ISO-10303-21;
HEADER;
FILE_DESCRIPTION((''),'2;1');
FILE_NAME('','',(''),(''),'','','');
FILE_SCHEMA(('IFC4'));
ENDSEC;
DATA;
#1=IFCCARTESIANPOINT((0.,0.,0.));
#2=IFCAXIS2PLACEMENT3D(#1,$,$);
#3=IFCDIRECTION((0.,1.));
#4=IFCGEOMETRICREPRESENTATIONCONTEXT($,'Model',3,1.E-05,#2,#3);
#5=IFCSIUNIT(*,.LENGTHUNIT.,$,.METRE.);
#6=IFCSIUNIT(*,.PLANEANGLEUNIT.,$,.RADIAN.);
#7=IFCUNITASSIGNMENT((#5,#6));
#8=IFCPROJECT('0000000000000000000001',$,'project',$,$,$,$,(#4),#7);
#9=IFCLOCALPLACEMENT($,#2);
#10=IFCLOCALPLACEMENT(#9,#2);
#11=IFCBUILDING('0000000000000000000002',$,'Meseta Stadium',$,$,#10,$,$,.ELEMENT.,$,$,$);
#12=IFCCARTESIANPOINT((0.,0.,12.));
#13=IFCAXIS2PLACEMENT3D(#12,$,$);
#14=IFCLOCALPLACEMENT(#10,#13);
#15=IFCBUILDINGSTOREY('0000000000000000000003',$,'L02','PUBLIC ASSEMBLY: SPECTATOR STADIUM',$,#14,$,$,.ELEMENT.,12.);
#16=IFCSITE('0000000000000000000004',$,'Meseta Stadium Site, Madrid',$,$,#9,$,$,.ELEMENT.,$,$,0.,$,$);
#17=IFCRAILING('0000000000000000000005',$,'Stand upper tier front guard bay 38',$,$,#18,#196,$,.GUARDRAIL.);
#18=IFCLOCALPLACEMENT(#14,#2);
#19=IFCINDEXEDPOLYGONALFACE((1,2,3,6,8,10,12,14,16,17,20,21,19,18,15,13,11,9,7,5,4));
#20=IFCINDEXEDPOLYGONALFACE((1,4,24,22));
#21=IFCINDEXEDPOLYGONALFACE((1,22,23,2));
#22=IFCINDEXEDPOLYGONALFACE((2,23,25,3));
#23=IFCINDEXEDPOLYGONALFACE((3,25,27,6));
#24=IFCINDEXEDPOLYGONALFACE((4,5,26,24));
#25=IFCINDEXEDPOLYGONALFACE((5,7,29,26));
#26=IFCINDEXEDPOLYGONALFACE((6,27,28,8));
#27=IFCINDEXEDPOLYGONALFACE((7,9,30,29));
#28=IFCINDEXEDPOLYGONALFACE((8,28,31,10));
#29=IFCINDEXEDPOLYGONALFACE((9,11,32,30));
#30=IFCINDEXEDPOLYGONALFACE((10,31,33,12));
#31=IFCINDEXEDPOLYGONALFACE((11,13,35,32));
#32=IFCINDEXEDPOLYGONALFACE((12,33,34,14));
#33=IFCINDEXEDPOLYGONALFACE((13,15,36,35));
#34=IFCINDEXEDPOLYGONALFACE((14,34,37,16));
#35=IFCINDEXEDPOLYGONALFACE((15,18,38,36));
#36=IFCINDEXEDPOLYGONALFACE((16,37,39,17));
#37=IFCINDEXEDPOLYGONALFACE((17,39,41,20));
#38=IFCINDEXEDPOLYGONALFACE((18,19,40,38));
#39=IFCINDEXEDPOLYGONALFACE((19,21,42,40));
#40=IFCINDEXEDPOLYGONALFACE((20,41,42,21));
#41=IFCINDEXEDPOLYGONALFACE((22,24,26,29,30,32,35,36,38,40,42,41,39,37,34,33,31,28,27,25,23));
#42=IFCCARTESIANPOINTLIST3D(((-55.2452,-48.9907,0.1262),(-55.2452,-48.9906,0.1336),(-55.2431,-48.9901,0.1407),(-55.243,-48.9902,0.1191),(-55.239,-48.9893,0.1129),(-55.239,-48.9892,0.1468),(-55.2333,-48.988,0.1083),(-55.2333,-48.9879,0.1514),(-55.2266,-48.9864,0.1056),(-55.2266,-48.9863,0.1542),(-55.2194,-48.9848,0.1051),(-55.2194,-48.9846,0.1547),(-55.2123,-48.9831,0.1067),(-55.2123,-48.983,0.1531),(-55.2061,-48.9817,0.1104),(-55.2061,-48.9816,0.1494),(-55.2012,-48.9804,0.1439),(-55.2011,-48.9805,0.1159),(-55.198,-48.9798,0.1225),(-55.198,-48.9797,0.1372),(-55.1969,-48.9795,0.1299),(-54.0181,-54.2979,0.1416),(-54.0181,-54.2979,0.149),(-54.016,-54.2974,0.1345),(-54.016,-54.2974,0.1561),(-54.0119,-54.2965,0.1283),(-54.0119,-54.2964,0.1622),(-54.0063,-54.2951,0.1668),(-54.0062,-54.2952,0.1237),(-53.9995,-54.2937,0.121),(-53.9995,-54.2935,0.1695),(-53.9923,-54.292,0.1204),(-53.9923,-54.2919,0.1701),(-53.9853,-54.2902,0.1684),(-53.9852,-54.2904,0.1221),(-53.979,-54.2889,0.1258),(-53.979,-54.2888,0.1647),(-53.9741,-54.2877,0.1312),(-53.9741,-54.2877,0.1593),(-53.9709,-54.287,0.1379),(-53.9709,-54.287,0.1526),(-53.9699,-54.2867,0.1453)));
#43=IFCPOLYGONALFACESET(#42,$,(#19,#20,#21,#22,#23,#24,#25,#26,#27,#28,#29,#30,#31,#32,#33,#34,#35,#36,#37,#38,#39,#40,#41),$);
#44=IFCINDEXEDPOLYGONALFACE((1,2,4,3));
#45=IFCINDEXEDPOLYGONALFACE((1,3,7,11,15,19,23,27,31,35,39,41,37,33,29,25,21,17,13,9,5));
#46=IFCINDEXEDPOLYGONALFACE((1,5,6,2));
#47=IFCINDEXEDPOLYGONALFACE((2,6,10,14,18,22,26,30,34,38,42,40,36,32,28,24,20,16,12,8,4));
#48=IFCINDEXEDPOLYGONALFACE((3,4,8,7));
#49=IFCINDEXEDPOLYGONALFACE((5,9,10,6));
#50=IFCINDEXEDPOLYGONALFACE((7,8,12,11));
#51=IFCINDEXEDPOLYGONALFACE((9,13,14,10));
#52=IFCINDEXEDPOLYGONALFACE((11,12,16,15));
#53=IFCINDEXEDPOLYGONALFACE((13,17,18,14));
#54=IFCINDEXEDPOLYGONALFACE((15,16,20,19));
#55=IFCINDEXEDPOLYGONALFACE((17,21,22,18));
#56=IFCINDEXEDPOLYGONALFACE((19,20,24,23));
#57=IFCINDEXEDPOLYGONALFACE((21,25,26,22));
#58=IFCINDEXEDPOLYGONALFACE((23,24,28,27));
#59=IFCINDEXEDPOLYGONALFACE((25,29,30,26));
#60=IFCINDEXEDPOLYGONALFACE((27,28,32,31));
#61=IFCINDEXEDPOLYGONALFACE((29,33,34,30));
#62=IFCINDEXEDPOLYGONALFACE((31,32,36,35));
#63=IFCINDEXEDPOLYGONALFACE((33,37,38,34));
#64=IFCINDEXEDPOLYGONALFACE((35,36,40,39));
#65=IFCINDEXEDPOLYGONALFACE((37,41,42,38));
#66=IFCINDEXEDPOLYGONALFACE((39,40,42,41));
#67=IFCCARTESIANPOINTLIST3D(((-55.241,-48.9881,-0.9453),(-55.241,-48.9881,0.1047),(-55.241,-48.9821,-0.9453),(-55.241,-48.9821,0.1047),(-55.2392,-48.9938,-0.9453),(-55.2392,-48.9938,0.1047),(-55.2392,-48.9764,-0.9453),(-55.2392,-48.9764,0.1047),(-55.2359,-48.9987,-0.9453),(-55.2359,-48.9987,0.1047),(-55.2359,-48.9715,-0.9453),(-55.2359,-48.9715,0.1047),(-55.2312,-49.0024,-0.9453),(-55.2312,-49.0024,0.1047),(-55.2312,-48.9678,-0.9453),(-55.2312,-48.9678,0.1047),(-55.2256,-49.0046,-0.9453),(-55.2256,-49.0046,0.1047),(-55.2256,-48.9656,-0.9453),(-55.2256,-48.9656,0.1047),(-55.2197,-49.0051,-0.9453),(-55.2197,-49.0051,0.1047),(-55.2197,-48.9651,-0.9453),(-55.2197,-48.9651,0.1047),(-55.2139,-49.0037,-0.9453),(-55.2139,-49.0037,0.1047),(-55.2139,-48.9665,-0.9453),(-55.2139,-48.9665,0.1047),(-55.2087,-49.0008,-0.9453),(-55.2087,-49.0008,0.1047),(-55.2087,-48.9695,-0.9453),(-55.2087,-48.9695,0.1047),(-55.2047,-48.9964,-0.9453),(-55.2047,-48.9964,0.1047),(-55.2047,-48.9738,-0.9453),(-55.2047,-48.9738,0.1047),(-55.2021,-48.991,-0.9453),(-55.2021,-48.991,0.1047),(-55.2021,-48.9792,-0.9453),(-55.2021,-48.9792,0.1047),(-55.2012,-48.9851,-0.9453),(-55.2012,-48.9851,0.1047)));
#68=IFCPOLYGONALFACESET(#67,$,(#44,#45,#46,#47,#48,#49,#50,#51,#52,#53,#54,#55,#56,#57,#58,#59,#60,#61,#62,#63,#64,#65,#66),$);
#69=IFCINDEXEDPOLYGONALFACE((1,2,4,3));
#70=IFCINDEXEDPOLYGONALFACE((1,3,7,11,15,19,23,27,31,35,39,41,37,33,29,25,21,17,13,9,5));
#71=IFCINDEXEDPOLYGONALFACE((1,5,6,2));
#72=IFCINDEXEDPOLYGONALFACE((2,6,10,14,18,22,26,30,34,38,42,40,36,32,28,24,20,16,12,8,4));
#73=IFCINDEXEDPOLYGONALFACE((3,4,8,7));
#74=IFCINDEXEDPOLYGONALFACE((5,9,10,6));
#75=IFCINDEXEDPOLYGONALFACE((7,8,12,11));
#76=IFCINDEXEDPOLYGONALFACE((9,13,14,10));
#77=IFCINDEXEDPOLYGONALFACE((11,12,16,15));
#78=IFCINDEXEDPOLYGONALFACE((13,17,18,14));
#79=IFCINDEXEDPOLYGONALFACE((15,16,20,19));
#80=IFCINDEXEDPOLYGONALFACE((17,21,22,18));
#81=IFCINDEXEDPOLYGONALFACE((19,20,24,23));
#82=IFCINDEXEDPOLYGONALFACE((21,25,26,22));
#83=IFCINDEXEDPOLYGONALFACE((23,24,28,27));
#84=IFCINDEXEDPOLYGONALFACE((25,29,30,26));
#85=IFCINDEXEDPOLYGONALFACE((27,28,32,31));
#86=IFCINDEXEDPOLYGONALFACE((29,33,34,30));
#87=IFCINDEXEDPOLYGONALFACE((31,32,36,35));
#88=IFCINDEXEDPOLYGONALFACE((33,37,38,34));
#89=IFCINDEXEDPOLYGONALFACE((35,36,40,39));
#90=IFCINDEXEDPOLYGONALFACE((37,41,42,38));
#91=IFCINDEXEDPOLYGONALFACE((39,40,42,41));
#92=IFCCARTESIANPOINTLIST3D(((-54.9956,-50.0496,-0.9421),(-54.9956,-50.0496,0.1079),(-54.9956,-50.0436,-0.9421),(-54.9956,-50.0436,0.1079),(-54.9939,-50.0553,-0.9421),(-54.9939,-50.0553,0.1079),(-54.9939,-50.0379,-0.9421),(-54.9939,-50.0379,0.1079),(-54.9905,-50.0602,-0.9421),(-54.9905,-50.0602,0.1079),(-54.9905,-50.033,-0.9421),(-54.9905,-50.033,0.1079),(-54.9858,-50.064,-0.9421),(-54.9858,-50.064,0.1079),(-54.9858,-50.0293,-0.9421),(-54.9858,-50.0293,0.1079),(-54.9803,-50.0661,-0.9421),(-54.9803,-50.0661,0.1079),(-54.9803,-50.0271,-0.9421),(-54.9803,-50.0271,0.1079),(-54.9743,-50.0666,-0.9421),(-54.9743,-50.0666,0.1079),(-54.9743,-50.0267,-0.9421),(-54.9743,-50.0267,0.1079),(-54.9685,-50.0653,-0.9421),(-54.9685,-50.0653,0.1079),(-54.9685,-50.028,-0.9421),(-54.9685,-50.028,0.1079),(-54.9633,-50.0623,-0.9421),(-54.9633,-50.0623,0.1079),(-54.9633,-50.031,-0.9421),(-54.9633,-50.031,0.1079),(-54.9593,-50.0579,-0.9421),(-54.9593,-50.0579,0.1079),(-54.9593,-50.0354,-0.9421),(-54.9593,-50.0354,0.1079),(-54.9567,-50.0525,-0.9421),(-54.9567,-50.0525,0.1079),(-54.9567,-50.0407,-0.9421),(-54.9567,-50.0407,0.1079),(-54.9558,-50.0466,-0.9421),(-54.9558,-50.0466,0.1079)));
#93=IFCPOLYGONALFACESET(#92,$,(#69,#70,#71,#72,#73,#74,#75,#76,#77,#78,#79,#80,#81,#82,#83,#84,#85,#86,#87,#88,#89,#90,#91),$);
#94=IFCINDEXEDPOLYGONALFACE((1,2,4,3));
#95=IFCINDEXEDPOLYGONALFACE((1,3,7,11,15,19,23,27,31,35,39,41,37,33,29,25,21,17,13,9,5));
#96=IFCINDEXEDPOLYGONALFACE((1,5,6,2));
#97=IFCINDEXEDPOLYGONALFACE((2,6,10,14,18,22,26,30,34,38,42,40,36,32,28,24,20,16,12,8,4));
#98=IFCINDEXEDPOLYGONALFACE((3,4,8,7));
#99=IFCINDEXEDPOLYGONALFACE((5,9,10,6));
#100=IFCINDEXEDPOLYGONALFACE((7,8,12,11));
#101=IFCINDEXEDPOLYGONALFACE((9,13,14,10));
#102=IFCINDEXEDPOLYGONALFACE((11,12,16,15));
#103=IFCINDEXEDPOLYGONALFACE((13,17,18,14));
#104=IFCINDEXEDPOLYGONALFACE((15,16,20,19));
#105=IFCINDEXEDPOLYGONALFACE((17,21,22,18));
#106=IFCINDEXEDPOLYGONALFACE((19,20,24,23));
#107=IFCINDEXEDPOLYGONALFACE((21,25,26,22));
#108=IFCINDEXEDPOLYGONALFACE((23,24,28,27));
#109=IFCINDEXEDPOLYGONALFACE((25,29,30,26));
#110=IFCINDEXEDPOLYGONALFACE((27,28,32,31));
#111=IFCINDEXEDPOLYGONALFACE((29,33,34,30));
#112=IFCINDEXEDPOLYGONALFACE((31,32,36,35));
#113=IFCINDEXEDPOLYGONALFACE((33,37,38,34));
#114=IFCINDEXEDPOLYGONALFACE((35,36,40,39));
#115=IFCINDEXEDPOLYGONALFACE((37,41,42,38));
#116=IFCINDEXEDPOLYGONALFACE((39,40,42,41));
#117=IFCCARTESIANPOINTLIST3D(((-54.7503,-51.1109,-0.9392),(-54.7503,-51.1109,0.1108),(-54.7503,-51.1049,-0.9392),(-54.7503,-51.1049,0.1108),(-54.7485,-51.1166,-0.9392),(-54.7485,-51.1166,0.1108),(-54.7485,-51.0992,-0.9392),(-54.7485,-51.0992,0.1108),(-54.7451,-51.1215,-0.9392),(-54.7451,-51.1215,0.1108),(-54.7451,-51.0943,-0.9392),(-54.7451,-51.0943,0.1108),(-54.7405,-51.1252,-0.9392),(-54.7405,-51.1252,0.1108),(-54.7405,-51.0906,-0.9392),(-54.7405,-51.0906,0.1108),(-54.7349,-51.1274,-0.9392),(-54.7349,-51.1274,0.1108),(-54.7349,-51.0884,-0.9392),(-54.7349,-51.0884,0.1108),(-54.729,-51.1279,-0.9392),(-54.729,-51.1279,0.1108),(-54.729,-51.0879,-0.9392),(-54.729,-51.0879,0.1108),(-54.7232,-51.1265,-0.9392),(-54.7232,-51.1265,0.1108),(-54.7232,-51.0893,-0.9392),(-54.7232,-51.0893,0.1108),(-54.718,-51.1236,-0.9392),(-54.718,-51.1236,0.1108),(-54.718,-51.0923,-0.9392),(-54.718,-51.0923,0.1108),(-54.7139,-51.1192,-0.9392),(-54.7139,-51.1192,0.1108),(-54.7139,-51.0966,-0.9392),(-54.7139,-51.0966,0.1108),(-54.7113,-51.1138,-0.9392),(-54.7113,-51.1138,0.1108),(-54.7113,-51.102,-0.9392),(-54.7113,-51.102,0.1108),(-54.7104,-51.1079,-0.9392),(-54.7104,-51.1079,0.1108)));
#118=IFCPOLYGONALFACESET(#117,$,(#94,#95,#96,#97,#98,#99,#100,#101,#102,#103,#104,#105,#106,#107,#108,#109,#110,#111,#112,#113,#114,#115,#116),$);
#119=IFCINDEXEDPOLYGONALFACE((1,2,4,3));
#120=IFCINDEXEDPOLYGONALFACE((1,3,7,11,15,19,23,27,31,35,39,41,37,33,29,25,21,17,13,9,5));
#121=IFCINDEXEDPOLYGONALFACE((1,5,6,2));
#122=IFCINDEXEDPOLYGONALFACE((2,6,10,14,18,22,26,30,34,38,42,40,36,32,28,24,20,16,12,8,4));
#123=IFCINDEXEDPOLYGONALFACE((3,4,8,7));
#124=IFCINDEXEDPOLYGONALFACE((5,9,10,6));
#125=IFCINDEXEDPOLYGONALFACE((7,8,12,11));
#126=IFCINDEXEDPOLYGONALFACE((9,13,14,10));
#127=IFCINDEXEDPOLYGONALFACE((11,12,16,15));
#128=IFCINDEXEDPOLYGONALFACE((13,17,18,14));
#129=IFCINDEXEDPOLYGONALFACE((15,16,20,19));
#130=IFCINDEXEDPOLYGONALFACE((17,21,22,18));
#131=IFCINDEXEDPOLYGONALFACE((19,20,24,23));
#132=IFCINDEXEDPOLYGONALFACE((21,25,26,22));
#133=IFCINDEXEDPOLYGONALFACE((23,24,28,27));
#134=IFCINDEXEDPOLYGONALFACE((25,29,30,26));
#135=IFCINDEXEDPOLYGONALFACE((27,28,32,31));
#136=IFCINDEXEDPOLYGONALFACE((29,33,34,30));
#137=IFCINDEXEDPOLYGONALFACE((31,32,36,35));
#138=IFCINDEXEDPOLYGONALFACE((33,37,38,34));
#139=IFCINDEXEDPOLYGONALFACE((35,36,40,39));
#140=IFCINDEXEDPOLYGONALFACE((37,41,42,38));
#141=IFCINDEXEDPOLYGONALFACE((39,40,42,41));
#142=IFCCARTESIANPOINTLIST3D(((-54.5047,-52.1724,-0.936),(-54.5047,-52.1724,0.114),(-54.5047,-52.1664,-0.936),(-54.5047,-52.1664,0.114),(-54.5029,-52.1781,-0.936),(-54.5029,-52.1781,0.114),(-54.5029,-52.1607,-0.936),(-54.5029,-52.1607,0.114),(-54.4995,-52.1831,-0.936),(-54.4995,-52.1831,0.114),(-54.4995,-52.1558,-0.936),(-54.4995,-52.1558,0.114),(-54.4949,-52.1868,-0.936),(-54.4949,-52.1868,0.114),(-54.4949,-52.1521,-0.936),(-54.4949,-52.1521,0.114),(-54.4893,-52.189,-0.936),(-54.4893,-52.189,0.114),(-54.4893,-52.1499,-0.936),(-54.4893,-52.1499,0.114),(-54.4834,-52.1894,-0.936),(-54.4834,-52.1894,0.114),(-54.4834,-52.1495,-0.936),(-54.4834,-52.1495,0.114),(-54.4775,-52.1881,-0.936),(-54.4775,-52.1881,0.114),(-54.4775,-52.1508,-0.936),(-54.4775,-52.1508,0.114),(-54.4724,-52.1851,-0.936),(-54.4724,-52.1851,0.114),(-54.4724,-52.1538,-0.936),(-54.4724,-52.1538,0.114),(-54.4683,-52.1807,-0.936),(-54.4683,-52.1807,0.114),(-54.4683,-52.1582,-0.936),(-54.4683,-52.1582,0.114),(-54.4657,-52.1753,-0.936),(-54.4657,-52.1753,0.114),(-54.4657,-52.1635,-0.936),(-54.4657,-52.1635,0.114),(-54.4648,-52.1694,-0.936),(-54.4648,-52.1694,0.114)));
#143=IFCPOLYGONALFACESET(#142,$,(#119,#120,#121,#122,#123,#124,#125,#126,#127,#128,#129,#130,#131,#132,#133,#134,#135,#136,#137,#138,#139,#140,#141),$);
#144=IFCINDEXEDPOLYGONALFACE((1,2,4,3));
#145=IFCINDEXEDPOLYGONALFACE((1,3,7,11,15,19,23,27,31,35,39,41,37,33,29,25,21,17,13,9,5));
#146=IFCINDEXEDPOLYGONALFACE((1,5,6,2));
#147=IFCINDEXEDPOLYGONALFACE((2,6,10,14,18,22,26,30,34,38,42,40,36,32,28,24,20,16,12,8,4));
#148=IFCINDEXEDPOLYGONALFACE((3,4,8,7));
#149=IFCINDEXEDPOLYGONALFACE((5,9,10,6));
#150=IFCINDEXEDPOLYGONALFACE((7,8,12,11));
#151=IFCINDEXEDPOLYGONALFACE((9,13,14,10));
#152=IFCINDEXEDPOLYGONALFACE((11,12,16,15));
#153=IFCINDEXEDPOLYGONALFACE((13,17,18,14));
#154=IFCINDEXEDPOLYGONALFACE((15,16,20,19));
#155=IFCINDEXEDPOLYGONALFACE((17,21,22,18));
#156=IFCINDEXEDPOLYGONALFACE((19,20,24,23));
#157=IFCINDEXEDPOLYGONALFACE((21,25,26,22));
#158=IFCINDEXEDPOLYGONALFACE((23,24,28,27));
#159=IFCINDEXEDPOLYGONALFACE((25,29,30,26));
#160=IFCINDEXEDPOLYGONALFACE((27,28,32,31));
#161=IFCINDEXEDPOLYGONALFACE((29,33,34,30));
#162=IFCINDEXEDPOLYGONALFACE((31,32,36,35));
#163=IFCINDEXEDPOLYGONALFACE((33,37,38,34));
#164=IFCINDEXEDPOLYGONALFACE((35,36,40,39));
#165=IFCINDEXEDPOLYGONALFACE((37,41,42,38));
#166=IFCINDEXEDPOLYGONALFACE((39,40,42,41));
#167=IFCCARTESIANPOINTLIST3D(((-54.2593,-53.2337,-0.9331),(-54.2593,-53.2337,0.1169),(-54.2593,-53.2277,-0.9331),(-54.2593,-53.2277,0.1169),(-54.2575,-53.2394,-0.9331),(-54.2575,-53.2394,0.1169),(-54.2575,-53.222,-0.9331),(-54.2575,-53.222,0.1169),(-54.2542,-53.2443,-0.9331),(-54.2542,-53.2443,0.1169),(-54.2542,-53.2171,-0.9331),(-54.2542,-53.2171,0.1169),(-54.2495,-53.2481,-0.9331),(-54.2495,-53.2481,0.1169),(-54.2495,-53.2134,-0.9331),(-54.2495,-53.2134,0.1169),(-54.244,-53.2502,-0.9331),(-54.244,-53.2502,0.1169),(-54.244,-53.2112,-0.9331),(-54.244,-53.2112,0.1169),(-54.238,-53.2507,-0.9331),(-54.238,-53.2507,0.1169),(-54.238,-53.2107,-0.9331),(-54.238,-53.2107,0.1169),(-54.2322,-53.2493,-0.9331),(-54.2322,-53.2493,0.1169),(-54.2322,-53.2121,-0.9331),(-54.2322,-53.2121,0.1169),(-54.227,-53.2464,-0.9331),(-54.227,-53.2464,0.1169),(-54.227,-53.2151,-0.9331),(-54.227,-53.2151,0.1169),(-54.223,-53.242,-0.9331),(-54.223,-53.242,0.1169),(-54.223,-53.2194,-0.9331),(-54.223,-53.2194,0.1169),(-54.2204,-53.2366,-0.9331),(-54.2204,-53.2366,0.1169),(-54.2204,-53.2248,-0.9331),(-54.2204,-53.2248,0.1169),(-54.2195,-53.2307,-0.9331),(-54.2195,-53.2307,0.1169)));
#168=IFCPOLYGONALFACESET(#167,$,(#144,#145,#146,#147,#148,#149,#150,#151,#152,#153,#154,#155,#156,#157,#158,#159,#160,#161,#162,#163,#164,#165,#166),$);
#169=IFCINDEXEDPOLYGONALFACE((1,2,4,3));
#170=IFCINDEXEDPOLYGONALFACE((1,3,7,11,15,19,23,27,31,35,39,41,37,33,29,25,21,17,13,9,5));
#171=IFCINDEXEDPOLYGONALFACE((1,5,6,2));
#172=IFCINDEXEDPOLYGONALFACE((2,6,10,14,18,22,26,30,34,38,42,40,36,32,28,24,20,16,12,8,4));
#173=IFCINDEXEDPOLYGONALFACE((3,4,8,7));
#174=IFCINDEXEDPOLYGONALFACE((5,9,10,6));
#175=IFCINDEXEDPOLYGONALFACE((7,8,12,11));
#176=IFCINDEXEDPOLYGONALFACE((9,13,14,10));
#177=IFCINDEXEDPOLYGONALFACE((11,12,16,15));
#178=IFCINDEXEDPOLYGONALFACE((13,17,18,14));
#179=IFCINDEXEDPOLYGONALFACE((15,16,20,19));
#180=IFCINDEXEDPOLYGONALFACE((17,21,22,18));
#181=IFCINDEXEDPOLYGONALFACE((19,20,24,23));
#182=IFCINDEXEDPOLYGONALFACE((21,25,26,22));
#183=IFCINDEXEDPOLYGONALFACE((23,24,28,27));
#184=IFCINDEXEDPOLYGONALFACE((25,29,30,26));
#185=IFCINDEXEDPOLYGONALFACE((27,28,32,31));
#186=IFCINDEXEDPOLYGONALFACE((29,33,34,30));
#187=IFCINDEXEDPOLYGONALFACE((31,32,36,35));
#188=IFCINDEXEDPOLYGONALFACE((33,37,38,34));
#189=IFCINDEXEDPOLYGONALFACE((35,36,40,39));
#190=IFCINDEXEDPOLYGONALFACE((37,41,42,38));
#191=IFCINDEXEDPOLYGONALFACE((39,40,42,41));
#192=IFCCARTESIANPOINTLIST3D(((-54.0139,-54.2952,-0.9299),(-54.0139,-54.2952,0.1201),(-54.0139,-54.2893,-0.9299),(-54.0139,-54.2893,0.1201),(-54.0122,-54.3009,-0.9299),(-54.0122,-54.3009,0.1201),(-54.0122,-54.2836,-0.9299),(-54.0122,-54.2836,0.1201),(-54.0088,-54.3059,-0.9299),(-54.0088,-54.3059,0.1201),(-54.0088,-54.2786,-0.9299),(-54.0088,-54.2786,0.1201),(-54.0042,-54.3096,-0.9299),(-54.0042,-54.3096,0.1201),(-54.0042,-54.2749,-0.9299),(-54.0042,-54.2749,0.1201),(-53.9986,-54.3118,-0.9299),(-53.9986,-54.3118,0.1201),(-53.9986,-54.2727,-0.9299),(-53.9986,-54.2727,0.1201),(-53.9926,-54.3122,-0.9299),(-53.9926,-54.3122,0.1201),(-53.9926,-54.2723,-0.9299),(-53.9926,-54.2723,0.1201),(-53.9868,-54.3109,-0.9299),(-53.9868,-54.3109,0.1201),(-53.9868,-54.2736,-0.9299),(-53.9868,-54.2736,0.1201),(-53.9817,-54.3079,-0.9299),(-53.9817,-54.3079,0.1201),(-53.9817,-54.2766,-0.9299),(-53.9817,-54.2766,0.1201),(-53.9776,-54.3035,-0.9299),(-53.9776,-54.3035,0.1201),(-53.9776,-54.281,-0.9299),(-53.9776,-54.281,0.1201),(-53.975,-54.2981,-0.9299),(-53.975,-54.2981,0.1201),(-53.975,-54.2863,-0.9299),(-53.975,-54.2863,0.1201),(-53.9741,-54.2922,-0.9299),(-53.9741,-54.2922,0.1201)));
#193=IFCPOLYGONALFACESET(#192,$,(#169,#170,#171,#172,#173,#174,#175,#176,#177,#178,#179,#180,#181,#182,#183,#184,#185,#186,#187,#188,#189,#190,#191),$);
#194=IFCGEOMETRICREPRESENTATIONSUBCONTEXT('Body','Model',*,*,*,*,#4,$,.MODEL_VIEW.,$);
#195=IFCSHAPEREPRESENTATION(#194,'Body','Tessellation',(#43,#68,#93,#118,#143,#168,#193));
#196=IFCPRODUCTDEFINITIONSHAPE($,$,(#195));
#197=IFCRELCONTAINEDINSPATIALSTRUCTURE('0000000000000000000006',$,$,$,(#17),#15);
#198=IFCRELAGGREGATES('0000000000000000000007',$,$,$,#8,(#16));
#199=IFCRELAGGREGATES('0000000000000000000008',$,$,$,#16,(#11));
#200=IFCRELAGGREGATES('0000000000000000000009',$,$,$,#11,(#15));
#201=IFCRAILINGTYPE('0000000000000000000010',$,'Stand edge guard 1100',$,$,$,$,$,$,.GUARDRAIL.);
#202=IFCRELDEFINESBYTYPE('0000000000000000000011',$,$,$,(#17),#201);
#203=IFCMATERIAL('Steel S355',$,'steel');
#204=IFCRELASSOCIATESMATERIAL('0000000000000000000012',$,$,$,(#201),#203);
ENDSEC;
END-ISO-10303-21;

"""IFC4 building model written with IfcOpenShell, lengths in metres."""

from ifc_helpers import new_model, si_unit, direction, frame, origin, origin_2d, place, context, subcontext, project, spatial, circle, extrude, material, type_object, element, save


model = new_model("IFC4")

# Units and contexts
model_context = context("Model", 3, precision=1e-05, world=origin(), true_north=direction((0.0, 1.0)))
body_context = subcontext(model_context, "Body", "Model", "MODEL_VIEW")
ifc_project = project(units=[si_unit("LENGTHUNIT", "METRE"), si_unit("PLANEANGLEUNIT", "RADIAN")], contexts=[model_context])

# Site, building, storey
site_placement = place(None, origin())
site = spatial("IfcSite", under=ifc_project, at=site_placement, Name="Meseta Stadium Site, Madrid", CompositionType="ELEMENT", RefElevation=0.0)
building_placement = place(site_placement, origin())
building = spatial("IfcBuilding", under=site, at=building_placement, Name="Meseta Stadium", CompositionType="ELEMENT")
storey_placement = place(building_placement, frame((0.0, 0.0, 12.0)))
storey = spatial("IfcBuildingStorey", under=building, at=storey_placement, Name="L02", Description="PUBLIC ASSEMBLY: SPECTATOR STADIUM", CompositionType="ELEMENT", Elevation=12.0)

# Railing
ifc_material_1 = material(Name="Steel S355", Category="steel")
railing_type = type_object("IfcRailingType", Name="Stand edge guard 1100", PredefinedType="GUARDRAIL", material=ifc_material_1)
railing_placement = place(storey_placement, frame((-55.2212, -48.9851, -0.9453)))
element("IfcRailing", 1, at=railing_placement, inside=storey, type_object=railing_type, Name="Stand upper tier front guard bay 38", PredefinedType="GUARDRAIL", context=body_context, shape_type="SweptSolid", body=[
    extrude(circle(Radius=0.0249, at=origin_2d()), frame((0.0, 0.0, 1.0752), z_axis=(0.225264, -0.974294, 0.002824), x_axis=(0.974297, 0.225265, 0.0)), (0.0, 0.0, 1.0), 5.4473),
    extrude(circle(Radius=0.02, at=origin_2d()), origin(), (0.0, 0.0, 1.0), 1.05),
    extrude(circle(Radius=0.02, at=origin_2d()), frame((0.2454, -1.0615, 0.0032)), (0.0, 0.0, 1.0), 1.05),
    extrude(circle(Radius=0.02, at=origin_2d()), frame((0.4907, -2.1228, 0.0061)), (0.0, 0.0, 1.0), 1.05),
    extrude(circle(Radius=0.02, at=origin_2d()), frame((0.7363, -3.1843, 0.0093)), (0.0, 0.0, 1.0), 1.05),
    extrude(circle(Radius=0.02, at=origin_2d()), frame((0.9817, -4.2456, 0.0122)), (0.0, 0.0, 1.0), 1.05),
    extrude(circle(Radius=0.02, at=origin_2d()), frame((1.2271, -5.3071, 0.0154)), (0.0, 0.0, 1.0), 1.05),
])

save(model, "model.ifc")
